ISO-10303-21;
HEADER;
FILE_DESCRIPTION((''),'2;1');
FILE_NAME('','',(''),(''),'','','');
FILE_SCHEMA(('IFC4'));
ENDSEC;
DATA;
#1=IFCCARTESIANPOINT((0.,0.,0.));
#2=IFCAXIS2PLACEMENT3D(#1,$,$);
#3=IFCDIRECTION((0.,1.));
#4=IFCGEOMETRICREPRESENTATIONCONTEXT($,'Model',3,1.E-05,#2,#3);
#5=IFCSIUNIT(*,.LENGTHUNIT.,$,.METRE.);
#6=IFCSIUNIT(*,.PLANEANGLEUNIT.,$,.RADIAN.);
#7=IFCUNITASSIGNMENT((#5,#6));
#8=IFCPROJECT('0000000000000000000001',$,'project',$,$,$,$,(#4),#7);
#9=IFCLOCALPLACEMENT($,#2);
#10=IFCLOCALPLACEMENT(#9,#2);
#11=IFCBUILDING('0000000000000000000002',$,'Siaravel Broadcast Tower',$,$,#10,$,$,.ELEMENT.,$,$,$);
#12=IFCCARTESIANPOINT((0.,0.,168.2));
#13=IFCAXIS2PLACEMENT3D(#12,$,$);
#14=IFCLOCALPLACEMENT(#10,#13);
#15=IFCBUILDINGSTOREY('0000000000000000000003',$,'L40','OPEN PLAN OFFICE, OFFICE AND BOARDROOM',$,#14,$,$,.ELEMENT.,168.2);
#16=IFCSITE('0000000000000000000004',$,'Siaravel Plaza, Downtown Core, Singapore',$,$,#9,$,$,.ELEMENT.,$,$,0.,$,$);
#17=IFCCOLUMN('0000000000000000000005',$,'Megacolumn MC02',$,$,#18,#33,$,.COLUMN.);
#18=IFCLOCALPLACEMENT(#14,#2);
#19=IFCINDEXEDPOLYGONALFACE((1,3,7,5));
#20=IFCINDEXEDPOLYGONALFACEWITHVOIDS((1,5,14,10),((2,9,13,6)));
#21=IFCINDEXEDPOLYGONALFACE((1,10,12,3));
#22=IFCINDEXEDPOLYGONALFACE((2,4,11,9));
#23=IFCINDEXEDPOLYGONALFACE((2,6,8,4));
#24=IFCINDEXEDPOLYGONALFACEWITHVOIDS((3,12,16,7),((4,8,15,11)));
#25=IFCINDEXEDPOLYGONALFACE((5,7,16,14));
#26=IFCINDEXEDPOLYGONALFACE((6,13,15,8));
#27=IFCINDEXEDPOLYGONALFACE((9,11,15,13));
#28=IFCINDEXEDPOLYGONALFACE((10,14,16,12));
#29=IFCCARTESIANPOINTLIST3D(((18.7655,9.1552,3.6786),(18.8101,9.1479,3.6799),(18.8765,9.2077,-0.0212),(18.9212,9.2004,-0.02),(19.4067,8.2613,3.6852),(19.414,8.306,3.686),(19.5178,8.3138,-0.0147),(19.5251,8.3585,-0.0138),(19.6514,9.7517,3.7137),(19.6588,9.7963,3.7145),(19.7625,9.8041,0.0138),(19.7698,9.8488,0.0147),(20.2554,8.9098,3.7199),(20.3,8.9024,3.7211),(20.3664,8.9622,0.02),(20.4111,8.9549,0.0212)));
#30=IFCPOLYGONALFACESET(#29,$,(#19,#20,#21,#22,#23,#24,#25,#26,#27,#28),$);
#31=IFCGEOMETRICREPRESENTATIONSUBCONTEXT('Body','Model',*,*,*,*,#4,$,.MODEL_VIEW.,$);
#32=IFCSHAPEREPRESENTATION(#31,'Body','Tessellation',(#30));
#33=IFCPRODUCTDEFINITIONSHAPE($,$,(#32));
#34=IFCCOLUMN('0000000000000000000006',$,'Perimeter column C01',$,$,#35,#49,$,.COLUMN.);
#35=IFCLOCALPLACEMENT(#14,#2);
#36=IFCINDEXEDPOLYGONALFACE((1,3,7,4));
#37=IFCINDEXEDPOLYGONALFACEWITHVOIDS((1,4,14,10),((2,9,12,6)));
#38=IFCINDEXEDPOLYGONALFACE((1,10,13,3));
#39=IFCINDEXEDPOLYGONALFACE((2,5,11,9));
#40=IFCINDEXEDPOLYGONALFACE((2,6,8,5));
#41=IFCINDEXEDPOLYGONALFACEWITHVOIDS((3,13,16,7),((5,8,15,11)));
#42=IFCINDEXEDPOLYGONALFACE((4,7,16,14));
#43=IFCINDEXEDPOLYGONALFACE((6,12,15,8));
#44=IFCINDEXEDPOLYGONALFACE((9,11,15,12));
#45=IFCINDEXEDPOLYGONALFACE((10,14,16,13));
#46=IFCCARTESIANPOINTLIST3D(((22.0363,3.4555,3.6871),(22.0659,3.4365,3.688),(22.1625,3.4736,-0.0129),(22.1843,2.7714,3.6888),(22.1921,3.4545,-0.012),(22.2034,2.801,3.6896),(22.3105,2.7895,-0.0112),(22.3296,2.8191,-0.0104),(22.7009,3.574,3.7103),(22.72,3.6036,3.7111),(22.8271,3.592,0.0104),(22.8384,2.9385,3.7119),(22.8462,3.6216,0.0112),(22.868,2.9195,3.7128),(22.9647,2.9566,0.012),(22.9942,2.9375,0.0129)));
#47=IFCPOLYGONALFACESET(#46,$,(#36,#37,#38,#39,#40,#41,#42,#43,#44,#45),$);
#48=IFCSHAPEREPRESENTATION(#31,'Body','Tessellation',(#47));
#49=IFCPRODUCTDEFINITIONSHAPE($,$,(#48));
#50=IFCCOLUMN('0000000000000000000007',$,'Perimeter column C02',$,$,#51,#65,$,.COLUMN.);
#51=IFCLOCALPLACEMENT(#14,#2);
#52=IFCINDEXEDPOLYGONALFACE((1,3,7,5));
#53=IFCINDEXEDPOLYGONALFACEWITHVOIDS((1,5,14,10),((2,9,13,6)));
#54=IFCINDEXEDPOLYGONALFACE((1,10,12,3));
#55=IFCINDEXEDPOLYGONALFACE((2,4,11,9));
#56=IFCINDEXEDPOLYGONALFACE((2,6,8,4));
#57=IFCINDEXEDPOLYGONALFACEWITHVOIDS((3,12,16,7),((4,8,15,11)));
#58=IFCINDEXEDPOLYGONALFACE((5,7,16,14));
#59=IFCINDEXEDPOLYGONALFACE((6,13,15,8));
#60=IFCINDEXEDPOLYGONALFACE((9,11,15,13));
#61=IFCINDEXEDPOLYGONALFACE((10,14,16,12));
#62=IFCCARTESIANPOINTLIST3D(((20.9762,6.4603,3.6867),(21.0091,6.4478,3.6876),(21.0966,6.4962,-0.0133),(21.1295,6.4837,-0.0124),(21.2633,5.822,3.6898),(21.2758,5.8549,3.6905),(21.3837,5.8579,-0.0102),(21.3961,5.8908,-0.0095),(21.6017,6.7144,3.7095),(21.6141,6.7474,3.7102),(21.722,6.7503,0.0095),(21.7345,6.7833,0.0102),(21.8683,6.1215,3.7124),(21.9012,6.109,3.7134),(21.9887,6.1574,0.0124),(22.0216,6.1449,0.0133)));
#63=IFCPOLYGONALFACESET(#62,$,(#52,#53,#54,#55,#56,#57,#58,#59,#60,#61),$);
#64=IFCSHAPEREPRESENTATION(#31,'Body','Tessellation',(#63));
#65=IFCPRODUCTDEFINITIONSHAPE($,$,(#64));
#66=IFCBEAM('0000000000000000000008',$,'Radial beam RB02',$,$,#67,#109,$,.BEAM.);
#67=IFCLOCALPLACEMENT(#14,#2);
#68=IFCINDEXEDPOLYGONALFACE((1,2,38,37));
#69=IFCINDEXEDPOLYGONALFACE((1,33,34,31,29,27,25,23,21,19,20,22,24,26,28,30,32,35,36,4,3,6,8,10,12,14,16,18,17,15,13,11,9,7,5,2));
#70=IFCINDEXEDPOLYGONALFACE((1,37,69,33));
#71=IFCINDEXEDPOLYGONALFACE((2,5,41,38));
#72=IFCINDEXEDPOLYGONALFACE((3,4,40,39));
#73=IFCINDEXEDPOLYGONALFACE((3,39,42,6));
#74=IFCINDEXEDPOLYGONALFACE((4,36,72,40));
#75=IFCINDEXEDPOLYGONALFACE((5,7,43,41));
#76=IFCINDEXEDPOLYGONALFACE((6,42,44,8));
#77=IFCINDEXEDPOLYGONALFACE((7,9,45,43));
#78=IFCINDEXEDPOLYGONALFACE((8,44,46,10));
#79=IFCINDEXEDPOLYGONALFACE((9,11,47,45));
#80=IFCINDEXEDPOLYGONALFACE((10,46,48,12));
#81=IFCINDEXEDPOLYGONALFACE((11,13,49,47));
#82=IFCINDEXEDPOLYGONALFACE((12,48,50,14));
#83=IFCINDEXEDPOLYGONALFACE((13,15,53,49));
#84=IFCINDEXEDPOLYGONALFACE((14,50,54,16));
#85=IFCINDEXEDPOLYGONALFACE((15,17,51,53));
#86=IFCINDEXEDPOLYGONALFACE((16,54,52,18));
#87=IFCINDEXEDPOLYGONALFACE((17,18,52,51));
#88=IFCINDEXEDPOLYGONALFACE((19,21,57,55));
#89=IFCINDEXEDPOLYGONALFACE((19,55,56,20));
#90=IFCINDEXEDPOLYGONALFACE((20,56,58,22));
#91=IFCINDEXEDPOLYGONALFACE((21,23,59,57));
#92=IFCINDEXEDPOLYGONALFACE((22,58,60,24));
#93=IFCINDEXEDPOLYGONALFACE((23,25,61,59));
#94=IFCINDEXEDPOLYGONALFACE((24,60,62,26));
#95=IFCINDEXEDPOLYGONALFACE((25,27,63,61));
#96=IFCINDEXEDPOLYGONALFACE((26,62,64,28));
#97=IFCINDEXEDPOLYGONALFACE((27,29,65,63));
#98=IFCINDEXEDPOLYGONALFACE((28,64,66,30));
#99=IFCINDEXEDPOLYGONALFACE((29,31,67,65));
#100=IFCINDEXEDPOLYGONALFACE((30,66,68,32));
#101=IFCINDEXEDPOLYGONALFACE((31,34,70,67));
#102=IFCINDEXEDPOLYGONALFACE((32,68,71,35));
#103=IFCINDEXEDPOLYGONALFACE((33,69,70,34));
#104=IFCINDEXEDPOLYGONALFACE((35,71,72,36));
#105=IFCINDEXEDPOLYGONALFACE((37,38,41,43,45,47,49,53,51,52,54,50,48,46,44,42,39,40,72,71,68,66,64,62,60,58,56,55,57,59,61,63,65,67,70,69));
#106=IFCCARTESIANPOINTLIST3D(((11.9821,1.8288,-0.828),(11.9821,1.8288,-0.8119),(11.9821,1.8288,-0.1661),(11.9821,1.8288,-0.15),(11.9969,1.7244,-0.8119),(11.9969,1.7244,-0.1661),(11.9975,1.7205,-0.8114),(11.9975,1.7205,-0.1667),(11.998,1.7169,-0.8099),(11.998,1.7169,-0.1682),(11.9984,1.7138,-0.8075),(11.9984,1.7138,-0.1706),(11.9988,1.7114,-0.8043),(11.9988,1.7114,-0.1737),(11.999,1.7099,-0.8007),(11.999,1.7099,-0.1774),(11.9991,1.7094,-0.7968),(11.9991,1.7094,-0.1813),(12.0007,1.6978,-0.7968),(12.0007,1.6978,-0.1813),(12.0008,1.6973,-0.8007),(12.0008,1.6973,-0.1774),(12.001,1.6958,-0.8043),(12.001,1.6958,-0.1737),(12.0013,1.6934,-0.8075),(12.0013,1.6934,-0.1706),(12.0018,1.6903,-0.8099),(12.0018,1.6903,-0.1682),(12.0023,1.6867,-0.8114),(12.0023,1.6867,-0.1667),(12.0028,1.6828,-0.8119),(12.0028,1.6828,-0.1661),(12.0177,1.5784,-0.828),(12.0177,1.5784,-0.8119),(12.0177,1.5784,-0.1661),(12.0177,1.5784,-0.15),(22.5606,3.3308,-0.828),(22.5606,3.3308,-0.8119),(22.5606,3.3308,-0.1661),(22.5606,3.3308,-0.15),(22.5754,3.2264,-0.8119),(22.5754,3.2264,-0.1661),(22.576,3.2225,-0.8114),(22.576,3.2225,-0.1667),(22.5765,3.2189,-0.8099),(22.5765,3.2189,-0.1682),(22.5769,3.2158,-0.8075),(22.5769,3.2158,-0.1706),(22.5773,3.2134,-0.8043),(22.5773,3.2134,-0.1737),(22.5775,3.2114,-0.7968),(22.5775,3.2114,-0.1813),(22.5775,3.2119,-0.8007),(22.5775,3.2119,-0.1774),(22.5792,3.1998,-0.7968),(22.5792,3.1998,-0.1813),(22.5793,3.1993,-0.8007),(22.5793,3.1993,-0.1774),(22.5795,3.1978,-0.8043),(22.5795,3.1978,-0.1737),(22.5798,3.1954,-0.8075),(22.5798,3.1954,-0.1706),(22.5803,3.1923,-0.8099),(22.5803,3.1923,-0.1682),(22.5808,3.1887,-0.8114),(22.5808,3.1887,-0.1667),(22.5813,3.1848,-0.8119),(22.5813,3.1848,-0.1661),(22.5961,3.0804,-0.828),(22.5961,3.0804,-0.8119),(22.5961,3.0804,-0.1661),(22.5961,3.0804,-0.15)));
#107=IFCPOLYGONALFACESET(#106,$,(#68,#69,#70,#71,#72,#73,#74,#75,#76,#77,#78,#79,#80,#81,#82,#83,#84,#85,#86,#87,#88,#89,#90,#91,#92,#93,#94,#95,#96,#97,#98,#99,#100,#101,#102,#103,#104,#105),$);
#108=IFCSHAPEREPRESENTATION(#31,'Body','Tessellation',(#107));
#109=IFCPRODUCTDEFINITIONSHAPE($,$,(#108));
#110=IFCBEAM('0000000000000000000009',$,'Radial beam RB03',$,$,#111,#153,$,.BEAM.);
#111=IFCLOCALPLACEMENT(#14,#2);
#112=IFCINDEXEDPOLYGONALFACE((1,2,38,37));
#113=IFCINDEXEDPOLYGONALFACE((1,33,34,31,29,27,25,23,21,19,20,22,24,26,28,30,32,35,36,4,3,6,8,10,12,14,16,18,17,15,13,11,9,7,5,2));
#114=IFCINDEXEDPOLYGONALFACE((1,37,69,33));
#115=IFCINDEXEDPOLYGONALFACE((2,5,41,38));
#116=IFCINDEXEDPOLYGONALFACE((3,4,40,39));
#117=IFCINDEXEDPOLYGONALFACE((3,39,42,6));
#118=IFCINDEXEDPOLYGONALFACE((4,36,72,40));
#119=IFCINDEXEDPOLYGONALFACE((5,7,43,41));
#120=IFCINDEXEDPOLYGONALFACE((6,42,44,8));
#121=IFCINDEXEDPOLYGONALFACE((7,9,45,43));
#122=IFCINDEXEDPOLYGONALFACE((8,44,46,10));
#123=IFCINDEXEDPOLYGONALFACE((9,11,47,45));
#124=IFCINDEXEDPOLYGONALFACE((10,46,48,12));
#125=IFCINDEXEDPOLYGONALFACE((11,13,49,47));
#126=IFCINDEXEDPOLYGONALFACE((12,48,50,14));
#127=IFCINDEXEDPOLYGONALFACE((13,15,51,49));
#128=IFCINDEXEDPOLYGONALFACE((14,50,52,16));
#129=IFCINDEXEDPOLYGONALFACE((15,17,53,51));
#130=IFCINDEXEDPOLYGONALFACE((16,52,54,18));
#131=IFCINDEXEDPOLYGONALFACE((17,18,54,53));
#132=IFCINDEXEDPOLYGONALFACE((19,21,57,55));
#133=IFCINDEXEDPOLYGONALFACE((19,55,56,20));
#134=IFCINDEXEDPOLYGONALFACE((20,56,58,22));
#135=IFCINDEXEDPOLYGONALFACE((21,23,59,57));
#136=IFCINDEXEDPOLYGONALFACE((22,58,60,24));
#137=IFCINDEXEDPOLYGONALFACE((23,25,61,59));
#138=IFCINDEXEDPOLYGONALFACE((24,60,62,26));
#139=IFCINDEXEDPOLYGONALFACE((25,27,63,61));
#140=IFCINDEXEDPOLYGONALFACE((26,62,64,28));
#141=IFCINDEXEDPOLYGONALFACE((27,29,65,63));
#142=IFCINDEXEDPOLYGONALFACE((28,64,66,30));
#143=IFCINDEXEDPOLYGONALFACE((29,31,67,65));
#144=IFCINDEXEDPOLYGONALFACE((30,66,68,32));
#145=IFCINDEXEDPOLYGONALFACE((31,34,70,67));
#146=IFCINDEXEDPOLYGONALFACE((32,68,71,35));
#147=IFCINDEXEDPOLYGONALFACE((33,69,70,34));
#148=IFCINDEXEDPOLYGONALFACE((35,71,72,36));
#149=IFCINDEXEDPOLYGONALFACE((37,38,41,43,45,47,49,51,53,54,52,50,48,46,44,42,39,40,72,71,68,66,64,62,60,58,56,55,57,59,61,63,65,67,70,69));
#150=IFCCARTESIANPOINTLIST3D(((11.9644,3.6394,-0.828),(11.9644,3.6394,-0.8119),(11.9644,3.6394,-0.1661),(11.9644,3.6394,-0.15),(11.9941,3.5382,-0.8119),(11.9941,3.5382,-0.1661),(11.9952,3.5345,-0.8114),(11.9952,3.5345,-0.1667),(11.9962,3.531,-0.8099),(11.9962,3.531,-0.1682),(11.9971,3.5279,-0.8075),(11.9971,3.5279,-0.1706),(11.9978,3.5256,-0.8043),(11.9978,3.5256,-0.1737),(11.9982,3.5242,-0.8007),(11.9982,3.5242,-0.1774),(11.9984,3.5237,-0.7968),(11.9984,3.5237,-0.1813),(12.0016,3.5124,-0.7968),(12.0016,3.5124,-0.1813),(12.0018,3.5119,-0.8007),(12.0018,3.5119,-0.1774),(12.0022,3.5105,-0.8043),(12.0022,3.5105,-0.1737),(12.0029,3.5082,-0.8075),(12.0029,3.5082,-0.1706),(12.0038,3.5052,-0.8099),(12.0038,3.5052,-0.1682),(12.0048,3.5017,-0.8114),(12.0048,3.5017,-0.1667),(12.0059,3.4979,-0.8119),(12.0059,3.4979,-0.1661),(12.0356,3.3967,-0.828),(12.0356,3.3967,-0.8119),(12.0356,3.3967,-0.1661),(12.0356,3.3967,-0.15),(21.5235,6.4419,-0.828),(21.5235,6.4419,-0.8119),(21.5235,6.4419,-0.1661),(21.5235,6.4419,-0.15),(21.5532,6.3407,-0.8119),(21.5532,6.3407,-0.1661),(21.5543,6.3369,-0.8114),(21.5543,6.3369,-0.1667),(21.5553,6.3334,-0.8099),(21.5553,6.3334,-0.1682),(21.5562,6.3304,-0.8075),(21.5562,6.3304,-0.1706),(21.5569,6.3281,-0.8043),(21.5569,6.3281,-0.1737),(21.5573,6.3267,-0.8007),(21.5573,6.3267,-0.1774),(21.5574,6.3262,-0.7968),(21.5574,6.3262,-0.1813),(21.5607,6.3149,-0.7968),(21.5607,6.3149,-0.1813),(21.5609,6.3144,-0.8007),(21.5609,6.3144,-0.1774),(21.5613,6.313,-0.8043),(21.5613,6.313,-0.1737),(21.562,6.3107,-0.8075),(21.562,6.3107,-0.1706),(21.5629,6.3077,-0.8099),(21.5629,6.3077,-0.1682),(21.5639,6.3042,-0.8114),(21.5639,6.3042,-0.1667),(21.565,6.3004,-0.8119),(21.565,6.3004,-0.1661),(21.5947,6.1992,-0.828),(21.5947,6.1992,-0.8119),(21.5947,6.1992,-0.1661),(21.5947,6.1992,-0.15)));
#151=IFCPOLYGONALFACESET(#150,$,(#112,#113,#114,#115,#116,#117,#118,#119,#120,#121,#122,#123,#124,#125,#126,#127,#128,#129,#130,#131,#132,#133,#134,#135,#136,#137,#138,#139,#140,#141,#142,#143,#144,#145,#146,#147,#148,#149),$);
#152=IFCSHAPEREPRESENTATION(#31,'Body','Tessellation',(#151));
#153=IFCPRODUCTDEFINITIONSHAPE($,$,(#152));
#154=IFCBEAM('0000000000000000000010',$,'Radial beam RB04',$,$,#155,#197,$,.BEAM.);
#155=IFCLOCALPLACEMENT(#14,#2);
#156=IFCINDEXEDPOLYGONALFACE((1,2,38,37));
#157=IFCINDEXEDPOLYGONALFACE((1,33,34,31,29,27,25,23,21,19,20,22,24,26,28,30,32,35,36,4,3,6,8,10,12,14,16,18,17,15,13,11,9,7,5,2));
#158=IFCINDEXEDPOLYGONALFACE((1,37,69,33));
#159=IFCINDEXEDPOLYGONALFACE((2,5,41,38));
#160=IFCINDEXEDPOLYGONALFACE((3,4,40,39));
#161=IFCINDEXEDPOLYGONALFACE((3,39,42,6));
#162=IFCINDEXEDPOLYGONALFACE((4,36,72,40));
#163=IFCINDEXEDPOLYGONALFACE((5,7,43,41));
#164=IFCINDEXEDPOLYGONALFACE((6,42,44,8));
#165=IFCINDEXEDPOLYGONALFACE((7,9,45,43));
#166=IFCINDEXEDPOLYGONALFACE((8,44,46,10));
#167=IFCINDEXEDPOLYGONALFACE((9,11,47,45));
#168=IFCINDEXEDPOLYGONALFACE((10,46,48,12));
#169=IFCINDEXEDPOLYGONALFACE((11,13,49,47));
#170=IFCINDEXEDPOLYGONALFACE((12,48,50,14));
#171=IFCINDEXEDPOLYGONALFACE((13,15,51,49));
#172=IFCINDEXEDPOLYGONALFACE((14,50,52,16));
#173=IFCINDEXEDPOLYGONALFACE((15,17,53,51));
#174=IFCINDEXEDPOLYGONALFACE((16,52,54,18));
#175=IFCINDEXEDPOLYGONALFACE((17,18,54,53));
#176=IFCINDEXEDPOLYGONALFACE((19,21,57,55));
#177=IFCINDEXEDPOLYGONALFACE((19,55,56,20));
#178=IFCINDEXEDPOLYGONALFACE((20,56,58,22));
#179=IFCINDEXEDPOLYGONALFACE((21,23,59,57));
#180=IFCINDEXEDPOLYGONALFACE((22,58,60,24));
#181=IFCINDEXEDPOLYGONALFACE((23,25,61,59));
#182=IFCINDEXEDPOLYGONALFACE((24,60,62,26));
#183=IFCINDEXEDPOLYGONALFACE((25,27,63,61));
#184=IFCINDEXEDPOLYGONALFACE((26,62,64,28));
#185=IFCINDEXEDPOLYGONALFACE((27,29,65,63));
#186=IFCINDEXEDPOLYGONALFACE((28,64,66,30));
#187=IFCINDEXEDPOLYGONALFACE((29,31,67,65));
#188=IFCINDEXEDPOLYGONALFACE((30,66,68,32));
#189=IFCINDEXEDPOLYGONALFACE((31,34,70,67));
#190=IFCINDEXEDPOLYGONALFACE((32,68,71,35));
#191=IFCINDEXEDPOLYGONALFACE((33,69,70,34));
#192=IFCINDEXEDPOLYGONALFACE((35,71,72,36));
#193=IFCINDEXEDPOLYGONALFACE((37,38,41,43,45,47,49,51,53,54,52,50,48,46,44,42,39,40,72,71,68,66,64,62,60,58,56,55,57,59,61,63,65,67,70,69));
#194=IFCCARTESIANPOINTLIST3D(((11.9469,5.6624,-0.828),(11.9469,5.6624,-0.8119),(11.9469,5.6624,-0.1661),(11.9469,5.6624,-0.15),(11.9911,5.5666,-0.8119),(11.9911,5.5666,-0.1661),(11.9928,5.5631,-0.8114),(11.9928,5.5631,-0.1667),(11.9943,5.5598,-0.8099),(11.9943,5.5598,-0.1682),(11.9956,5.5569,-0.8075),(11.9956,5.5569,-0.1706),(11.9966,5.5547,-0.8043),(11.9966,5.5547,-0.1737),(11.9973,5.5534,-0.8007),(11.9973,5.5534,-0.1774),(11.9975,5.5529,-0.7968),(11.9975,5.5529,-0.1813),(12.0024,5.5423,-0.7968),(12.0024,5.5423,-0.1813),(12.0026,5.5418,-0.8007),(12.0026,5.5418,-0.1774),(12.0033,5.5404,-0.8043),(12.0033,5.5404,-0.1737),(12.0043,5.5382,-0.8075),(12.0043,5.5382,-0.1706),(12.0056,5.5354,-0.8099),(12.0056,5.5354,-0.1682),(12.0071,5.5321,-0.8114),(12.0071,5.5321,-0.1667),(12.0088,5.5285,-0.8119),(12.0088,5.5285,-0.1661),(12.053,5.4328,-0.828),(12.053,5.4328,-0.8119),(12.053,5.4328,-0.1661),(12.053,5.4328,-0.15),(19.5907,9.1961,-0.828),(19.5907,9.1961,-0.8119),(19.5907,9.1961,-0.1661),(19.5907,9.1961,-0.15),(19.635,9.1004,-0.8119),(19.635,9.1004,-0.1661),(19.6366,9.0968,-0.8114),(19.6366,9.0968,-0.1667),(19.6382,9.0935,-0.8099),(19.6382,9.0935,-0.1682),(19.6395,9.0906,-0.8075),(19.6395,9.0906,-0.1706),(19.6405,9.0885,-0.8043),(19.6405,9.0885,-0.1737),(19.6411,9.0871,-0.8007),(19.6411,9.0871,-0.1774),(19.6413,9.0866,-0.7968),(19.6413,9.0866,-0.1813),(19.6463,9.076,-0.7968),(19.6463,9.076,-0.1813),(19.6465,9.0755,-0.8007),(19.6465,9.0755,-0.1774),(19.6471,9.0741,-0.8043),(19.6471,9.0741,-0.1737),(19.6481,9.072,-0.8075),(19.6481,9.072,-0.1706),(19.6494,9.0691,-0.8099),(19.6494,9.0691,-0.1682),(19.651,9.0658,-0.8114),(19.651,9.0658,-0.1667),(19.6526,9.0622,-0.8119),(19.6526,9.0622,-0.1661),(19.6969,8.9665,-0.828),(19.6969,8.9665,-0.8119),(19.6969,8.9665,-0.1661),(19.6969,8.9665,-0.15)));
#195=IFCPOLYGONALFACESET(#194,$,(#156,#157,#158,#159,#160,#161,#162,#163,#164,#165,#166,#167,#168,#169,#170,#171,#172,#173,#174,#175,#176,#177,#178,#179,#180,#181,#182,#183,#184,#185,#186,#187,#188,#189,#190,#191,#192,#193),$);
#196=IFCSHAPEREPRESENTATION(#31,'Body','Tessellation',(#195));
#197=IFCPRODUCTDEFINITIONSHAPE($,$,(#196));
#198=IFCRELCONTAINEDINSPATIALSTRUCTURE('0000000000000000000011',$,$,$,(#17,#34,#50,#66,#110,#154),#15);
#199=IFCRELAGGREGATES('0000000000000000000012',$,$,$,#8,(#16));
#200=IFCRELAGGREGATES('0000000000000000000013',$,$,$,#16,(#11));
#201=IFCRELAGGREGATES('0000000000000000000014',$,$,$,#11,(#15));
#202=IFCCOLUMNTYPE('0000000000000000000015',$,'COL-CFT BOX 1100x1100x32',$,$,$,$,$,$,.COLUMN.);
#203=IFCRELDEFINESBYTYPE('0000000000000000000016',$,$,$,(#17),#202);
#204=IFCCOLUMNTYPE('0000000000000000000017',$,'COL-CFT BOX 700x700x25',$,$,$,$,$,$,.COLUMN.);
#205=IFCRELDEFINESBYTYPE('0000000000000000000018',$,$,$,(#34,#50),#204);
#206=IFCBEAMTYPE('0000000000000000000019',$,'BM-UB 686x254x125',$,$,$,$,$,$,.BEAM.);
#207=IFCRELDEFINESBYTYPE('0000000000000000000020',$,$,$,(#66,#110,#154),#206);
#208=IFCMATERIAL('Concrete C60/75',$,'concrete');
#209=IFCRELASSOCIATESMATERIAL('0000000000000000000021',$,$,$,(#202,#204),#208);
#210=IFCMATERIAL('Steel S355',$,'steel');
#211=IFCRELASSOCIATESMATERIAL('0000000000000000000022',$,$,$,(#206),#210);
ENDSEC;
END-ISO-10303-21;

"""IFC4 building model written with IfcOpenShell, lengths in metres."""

from ifc_helpers import new_model, si_unit, direction, frame, origin, origin_2d, place, context, subcontext, project, spatial, hollow_rectangle, i_section, extrude, material, material_profile, profile_set, type_object, element, save


model = new_model("IFC4")

# Units and contexts
model_context = context("Model", 3, precision=1e-05, world=origin(), true_north=direction((0.0, 1.0)))
body_context = subcontext(model_context, "Body", "Model", "MODEL_VIEW")
ifc_project = project(units=[si_unit("LENGTHUNIT", "METRE"), si_unit("PLANEANGLEUNIT", "RADIAN")], contexts=[model_context])

# Site, building, storey
site_placement = place(None, origin())
site = spatial("IfcSite", under=ifc_project, at=site_placement, Name="Siaravel Plaza, Downtown Core, Singapore", CompositionType="ELEMENT", RefElevation=0.0)
building_placement = place(site_placement, origin())
building = spatial("IfcBuilding", under=site, at=building_placement, Name="Siaravel Broadcast Tower", CompositionType="ELEMENT")
storey_placement = place(building_placement, frame((0.0, 0.0, 168.2)))
storey = spatial("IfcBuildingStorey", under=building, at=storey_placement, Name="L40", Description="OPEN PLAN OFFICE, OFFICE AND BOARDROOM", CompositionType="ELEMENT", Elevation=168.2)

# Columns
ifc_material_1 = material(Name="Concrete C60/75", Category="concrete")
ifc_material_profile_1 = material_profile(ifc_material_1, hollow_rectangle(XDim=1.1001, YDim=1.1001, WallThickness=0.032, at=origin_2d()))
ifc_profile_set_1 = profile_set([ifc_material_profile_1], Name="Concrete C60/75")
column_type_1 = type_object("IfcColumnType", Name="COL-CFT BOX 1100x1100x32", PredefinedType="COLUMN", material=ifc_profile_set_1)
column_placement = place(storey_placement, frame((19.6438, 9.0813, 0.0), z_axis=(-0.030007, -0.014179, 0.999449), x_axis=(0.582871, -0.812543, 0.005972)))
element("IfcColumn", 1, at=column_placement, inside=storey, type_object=column_type_1, Name="Megacolumn MC02", PredefinedType="COLUMN", context=body_context, shape_type="SweptSolid", body=[
    extrude(hollow_rectangle(XDim=1.1001, YDim=1.1001, WallThickness=0.032, at=origin_2d()), origin(), (0.0, 0.0, 1.0), 3.7019),
])
ifc_material_profile_2 = material_profile(ifc_material_1, hollow_rectangle(XDim=0.7, YDim=0.7, WallThickness=0.0249, at=origin_2d()))
ifc_profile_set_2 = profile_set([ifc_material_profile_2], Name="Concrete C60/75")
column_type_2 = type_object("IfcColumnType", Name="COL-CFT BOX 700x700x25", PredefinedType="COLUMN", material=ifc_profile_set_2)
for number, where, z_axis, x_axis, name in (
    (2, (22.5784, 3.2056, 0.0), (-0.034094, -0.00488, 0.999407), (0.211515, -0.977372, 0.002443), "Perimeter column C01"),
    (3, (21.5591, 6.3206, 0.0), (-0.032512, -0.009694, 0.999424), (0.410188, -0.91199, 0.004498), "Perimeter column C02"),
):
    element("IfcColumn", number, at=place(storey_placement, frame(where, z_axis=z_axis, x_axis=x_axis)), inside=storey, type_object=column_type_2, Name=name, PredefinedType="COLUMN", context=body_context, shape_type="SweptSolid", body=[
        extrude(hollow_rectangle(XDim=0.7, YDim=0.7, WallThickness=0.0249, at=origin_2d()), origin(), (0.0, 0.0, 1.0), 3.7021),
    ])

# Beams
ifc_material_2 = material(Name="Steel S355", Category="steel")
ifc_material_profile_3 = material_profile(ifc_material_2, i_section(OverallWidth=0.2529, OverallDepth=0.678, WebThickness=0.0117, FlangeThickness=0.0161, FilletRadius=0.0151, at=origin_2d()))
ifc_profile_set_3 = profile_set([ifc_material_profile_3], Name="Steel S355")
beam_type = type_object("IfcBeamType", Name="BM-UB 686x254x125", PredefinedType="BEAM", material=ifc_profile_set_3)
beam_1_placement = place(storey_placement, frame((22.5784, 3.2056, -0.489), z_axis=(-0.99007, -0.140574, 0.0), x_axis=(0.140574, -0.99007, 0.0)))
element("IfcBeam", 4, at=beam_1_placement, inside=storey, type_object=beam_type, Name="Radial beam RB02", PredefinedType="BEAM", context=body_context, shape_type="SweptSolid", body=[
    extrude(i_section(OverallWidth=0.2529, OverallDepth=0.678, WebThickness=0.0117, FlangeThickness=0.0161, FilletRadius=0.0151, at=origin_2d()), origin(), (0.0, 0.0, 1.0), 10.6846),
])
beam_2_placement = place(storey_placement, frame((21.5591, 6.3206, -0.489), z_axis=(-0.95961, -0.281334, 0.0), x_axis=(0.281334, -0.95961, 0.0)))
element("IfcBeam", 5, at=beam_2_placement, inside=storey, type_object=beam_type, Name="Radial beam RB03", PredefinedType="BEAM", context=body_context, shape_type="SweptSolid", body=[
    extrude(i_section(OverallWidth=0.2529, OverallDepth=0.678, WebThickness=0.0117, FlangeThickness=0.0161, FilletRadius=0.0151, at=origin_2d()), origin(), (0.0, 0.0, 1.0), 9.9614),
])
beam_3_placement = place(storey_placement, frame((19.6438, 9.0813, -0.489), z_axis=(-0.907698, -0.419624, 0.0), x_axis=(0.419624, -0.907698, 0.0)))
element("IfcBeam", 6, at=beam_3_placement, inside=storey, type_object=beam_type, Name="Radial beam RB04", PredefinedType="BEAM", context=body_context, shape_type="SweptSolid", body=[
    extrude(i_section(OverallWidth=0.2529, OverallDepth=0.678, WebThickness=0.0117, FlangeThickness=0.0161, FilletRadius=0.0151, at=origin_2d()), origin(), (0.0, 0.0, 1.0), 8.4211),
])

save(model, "model.ifc")
